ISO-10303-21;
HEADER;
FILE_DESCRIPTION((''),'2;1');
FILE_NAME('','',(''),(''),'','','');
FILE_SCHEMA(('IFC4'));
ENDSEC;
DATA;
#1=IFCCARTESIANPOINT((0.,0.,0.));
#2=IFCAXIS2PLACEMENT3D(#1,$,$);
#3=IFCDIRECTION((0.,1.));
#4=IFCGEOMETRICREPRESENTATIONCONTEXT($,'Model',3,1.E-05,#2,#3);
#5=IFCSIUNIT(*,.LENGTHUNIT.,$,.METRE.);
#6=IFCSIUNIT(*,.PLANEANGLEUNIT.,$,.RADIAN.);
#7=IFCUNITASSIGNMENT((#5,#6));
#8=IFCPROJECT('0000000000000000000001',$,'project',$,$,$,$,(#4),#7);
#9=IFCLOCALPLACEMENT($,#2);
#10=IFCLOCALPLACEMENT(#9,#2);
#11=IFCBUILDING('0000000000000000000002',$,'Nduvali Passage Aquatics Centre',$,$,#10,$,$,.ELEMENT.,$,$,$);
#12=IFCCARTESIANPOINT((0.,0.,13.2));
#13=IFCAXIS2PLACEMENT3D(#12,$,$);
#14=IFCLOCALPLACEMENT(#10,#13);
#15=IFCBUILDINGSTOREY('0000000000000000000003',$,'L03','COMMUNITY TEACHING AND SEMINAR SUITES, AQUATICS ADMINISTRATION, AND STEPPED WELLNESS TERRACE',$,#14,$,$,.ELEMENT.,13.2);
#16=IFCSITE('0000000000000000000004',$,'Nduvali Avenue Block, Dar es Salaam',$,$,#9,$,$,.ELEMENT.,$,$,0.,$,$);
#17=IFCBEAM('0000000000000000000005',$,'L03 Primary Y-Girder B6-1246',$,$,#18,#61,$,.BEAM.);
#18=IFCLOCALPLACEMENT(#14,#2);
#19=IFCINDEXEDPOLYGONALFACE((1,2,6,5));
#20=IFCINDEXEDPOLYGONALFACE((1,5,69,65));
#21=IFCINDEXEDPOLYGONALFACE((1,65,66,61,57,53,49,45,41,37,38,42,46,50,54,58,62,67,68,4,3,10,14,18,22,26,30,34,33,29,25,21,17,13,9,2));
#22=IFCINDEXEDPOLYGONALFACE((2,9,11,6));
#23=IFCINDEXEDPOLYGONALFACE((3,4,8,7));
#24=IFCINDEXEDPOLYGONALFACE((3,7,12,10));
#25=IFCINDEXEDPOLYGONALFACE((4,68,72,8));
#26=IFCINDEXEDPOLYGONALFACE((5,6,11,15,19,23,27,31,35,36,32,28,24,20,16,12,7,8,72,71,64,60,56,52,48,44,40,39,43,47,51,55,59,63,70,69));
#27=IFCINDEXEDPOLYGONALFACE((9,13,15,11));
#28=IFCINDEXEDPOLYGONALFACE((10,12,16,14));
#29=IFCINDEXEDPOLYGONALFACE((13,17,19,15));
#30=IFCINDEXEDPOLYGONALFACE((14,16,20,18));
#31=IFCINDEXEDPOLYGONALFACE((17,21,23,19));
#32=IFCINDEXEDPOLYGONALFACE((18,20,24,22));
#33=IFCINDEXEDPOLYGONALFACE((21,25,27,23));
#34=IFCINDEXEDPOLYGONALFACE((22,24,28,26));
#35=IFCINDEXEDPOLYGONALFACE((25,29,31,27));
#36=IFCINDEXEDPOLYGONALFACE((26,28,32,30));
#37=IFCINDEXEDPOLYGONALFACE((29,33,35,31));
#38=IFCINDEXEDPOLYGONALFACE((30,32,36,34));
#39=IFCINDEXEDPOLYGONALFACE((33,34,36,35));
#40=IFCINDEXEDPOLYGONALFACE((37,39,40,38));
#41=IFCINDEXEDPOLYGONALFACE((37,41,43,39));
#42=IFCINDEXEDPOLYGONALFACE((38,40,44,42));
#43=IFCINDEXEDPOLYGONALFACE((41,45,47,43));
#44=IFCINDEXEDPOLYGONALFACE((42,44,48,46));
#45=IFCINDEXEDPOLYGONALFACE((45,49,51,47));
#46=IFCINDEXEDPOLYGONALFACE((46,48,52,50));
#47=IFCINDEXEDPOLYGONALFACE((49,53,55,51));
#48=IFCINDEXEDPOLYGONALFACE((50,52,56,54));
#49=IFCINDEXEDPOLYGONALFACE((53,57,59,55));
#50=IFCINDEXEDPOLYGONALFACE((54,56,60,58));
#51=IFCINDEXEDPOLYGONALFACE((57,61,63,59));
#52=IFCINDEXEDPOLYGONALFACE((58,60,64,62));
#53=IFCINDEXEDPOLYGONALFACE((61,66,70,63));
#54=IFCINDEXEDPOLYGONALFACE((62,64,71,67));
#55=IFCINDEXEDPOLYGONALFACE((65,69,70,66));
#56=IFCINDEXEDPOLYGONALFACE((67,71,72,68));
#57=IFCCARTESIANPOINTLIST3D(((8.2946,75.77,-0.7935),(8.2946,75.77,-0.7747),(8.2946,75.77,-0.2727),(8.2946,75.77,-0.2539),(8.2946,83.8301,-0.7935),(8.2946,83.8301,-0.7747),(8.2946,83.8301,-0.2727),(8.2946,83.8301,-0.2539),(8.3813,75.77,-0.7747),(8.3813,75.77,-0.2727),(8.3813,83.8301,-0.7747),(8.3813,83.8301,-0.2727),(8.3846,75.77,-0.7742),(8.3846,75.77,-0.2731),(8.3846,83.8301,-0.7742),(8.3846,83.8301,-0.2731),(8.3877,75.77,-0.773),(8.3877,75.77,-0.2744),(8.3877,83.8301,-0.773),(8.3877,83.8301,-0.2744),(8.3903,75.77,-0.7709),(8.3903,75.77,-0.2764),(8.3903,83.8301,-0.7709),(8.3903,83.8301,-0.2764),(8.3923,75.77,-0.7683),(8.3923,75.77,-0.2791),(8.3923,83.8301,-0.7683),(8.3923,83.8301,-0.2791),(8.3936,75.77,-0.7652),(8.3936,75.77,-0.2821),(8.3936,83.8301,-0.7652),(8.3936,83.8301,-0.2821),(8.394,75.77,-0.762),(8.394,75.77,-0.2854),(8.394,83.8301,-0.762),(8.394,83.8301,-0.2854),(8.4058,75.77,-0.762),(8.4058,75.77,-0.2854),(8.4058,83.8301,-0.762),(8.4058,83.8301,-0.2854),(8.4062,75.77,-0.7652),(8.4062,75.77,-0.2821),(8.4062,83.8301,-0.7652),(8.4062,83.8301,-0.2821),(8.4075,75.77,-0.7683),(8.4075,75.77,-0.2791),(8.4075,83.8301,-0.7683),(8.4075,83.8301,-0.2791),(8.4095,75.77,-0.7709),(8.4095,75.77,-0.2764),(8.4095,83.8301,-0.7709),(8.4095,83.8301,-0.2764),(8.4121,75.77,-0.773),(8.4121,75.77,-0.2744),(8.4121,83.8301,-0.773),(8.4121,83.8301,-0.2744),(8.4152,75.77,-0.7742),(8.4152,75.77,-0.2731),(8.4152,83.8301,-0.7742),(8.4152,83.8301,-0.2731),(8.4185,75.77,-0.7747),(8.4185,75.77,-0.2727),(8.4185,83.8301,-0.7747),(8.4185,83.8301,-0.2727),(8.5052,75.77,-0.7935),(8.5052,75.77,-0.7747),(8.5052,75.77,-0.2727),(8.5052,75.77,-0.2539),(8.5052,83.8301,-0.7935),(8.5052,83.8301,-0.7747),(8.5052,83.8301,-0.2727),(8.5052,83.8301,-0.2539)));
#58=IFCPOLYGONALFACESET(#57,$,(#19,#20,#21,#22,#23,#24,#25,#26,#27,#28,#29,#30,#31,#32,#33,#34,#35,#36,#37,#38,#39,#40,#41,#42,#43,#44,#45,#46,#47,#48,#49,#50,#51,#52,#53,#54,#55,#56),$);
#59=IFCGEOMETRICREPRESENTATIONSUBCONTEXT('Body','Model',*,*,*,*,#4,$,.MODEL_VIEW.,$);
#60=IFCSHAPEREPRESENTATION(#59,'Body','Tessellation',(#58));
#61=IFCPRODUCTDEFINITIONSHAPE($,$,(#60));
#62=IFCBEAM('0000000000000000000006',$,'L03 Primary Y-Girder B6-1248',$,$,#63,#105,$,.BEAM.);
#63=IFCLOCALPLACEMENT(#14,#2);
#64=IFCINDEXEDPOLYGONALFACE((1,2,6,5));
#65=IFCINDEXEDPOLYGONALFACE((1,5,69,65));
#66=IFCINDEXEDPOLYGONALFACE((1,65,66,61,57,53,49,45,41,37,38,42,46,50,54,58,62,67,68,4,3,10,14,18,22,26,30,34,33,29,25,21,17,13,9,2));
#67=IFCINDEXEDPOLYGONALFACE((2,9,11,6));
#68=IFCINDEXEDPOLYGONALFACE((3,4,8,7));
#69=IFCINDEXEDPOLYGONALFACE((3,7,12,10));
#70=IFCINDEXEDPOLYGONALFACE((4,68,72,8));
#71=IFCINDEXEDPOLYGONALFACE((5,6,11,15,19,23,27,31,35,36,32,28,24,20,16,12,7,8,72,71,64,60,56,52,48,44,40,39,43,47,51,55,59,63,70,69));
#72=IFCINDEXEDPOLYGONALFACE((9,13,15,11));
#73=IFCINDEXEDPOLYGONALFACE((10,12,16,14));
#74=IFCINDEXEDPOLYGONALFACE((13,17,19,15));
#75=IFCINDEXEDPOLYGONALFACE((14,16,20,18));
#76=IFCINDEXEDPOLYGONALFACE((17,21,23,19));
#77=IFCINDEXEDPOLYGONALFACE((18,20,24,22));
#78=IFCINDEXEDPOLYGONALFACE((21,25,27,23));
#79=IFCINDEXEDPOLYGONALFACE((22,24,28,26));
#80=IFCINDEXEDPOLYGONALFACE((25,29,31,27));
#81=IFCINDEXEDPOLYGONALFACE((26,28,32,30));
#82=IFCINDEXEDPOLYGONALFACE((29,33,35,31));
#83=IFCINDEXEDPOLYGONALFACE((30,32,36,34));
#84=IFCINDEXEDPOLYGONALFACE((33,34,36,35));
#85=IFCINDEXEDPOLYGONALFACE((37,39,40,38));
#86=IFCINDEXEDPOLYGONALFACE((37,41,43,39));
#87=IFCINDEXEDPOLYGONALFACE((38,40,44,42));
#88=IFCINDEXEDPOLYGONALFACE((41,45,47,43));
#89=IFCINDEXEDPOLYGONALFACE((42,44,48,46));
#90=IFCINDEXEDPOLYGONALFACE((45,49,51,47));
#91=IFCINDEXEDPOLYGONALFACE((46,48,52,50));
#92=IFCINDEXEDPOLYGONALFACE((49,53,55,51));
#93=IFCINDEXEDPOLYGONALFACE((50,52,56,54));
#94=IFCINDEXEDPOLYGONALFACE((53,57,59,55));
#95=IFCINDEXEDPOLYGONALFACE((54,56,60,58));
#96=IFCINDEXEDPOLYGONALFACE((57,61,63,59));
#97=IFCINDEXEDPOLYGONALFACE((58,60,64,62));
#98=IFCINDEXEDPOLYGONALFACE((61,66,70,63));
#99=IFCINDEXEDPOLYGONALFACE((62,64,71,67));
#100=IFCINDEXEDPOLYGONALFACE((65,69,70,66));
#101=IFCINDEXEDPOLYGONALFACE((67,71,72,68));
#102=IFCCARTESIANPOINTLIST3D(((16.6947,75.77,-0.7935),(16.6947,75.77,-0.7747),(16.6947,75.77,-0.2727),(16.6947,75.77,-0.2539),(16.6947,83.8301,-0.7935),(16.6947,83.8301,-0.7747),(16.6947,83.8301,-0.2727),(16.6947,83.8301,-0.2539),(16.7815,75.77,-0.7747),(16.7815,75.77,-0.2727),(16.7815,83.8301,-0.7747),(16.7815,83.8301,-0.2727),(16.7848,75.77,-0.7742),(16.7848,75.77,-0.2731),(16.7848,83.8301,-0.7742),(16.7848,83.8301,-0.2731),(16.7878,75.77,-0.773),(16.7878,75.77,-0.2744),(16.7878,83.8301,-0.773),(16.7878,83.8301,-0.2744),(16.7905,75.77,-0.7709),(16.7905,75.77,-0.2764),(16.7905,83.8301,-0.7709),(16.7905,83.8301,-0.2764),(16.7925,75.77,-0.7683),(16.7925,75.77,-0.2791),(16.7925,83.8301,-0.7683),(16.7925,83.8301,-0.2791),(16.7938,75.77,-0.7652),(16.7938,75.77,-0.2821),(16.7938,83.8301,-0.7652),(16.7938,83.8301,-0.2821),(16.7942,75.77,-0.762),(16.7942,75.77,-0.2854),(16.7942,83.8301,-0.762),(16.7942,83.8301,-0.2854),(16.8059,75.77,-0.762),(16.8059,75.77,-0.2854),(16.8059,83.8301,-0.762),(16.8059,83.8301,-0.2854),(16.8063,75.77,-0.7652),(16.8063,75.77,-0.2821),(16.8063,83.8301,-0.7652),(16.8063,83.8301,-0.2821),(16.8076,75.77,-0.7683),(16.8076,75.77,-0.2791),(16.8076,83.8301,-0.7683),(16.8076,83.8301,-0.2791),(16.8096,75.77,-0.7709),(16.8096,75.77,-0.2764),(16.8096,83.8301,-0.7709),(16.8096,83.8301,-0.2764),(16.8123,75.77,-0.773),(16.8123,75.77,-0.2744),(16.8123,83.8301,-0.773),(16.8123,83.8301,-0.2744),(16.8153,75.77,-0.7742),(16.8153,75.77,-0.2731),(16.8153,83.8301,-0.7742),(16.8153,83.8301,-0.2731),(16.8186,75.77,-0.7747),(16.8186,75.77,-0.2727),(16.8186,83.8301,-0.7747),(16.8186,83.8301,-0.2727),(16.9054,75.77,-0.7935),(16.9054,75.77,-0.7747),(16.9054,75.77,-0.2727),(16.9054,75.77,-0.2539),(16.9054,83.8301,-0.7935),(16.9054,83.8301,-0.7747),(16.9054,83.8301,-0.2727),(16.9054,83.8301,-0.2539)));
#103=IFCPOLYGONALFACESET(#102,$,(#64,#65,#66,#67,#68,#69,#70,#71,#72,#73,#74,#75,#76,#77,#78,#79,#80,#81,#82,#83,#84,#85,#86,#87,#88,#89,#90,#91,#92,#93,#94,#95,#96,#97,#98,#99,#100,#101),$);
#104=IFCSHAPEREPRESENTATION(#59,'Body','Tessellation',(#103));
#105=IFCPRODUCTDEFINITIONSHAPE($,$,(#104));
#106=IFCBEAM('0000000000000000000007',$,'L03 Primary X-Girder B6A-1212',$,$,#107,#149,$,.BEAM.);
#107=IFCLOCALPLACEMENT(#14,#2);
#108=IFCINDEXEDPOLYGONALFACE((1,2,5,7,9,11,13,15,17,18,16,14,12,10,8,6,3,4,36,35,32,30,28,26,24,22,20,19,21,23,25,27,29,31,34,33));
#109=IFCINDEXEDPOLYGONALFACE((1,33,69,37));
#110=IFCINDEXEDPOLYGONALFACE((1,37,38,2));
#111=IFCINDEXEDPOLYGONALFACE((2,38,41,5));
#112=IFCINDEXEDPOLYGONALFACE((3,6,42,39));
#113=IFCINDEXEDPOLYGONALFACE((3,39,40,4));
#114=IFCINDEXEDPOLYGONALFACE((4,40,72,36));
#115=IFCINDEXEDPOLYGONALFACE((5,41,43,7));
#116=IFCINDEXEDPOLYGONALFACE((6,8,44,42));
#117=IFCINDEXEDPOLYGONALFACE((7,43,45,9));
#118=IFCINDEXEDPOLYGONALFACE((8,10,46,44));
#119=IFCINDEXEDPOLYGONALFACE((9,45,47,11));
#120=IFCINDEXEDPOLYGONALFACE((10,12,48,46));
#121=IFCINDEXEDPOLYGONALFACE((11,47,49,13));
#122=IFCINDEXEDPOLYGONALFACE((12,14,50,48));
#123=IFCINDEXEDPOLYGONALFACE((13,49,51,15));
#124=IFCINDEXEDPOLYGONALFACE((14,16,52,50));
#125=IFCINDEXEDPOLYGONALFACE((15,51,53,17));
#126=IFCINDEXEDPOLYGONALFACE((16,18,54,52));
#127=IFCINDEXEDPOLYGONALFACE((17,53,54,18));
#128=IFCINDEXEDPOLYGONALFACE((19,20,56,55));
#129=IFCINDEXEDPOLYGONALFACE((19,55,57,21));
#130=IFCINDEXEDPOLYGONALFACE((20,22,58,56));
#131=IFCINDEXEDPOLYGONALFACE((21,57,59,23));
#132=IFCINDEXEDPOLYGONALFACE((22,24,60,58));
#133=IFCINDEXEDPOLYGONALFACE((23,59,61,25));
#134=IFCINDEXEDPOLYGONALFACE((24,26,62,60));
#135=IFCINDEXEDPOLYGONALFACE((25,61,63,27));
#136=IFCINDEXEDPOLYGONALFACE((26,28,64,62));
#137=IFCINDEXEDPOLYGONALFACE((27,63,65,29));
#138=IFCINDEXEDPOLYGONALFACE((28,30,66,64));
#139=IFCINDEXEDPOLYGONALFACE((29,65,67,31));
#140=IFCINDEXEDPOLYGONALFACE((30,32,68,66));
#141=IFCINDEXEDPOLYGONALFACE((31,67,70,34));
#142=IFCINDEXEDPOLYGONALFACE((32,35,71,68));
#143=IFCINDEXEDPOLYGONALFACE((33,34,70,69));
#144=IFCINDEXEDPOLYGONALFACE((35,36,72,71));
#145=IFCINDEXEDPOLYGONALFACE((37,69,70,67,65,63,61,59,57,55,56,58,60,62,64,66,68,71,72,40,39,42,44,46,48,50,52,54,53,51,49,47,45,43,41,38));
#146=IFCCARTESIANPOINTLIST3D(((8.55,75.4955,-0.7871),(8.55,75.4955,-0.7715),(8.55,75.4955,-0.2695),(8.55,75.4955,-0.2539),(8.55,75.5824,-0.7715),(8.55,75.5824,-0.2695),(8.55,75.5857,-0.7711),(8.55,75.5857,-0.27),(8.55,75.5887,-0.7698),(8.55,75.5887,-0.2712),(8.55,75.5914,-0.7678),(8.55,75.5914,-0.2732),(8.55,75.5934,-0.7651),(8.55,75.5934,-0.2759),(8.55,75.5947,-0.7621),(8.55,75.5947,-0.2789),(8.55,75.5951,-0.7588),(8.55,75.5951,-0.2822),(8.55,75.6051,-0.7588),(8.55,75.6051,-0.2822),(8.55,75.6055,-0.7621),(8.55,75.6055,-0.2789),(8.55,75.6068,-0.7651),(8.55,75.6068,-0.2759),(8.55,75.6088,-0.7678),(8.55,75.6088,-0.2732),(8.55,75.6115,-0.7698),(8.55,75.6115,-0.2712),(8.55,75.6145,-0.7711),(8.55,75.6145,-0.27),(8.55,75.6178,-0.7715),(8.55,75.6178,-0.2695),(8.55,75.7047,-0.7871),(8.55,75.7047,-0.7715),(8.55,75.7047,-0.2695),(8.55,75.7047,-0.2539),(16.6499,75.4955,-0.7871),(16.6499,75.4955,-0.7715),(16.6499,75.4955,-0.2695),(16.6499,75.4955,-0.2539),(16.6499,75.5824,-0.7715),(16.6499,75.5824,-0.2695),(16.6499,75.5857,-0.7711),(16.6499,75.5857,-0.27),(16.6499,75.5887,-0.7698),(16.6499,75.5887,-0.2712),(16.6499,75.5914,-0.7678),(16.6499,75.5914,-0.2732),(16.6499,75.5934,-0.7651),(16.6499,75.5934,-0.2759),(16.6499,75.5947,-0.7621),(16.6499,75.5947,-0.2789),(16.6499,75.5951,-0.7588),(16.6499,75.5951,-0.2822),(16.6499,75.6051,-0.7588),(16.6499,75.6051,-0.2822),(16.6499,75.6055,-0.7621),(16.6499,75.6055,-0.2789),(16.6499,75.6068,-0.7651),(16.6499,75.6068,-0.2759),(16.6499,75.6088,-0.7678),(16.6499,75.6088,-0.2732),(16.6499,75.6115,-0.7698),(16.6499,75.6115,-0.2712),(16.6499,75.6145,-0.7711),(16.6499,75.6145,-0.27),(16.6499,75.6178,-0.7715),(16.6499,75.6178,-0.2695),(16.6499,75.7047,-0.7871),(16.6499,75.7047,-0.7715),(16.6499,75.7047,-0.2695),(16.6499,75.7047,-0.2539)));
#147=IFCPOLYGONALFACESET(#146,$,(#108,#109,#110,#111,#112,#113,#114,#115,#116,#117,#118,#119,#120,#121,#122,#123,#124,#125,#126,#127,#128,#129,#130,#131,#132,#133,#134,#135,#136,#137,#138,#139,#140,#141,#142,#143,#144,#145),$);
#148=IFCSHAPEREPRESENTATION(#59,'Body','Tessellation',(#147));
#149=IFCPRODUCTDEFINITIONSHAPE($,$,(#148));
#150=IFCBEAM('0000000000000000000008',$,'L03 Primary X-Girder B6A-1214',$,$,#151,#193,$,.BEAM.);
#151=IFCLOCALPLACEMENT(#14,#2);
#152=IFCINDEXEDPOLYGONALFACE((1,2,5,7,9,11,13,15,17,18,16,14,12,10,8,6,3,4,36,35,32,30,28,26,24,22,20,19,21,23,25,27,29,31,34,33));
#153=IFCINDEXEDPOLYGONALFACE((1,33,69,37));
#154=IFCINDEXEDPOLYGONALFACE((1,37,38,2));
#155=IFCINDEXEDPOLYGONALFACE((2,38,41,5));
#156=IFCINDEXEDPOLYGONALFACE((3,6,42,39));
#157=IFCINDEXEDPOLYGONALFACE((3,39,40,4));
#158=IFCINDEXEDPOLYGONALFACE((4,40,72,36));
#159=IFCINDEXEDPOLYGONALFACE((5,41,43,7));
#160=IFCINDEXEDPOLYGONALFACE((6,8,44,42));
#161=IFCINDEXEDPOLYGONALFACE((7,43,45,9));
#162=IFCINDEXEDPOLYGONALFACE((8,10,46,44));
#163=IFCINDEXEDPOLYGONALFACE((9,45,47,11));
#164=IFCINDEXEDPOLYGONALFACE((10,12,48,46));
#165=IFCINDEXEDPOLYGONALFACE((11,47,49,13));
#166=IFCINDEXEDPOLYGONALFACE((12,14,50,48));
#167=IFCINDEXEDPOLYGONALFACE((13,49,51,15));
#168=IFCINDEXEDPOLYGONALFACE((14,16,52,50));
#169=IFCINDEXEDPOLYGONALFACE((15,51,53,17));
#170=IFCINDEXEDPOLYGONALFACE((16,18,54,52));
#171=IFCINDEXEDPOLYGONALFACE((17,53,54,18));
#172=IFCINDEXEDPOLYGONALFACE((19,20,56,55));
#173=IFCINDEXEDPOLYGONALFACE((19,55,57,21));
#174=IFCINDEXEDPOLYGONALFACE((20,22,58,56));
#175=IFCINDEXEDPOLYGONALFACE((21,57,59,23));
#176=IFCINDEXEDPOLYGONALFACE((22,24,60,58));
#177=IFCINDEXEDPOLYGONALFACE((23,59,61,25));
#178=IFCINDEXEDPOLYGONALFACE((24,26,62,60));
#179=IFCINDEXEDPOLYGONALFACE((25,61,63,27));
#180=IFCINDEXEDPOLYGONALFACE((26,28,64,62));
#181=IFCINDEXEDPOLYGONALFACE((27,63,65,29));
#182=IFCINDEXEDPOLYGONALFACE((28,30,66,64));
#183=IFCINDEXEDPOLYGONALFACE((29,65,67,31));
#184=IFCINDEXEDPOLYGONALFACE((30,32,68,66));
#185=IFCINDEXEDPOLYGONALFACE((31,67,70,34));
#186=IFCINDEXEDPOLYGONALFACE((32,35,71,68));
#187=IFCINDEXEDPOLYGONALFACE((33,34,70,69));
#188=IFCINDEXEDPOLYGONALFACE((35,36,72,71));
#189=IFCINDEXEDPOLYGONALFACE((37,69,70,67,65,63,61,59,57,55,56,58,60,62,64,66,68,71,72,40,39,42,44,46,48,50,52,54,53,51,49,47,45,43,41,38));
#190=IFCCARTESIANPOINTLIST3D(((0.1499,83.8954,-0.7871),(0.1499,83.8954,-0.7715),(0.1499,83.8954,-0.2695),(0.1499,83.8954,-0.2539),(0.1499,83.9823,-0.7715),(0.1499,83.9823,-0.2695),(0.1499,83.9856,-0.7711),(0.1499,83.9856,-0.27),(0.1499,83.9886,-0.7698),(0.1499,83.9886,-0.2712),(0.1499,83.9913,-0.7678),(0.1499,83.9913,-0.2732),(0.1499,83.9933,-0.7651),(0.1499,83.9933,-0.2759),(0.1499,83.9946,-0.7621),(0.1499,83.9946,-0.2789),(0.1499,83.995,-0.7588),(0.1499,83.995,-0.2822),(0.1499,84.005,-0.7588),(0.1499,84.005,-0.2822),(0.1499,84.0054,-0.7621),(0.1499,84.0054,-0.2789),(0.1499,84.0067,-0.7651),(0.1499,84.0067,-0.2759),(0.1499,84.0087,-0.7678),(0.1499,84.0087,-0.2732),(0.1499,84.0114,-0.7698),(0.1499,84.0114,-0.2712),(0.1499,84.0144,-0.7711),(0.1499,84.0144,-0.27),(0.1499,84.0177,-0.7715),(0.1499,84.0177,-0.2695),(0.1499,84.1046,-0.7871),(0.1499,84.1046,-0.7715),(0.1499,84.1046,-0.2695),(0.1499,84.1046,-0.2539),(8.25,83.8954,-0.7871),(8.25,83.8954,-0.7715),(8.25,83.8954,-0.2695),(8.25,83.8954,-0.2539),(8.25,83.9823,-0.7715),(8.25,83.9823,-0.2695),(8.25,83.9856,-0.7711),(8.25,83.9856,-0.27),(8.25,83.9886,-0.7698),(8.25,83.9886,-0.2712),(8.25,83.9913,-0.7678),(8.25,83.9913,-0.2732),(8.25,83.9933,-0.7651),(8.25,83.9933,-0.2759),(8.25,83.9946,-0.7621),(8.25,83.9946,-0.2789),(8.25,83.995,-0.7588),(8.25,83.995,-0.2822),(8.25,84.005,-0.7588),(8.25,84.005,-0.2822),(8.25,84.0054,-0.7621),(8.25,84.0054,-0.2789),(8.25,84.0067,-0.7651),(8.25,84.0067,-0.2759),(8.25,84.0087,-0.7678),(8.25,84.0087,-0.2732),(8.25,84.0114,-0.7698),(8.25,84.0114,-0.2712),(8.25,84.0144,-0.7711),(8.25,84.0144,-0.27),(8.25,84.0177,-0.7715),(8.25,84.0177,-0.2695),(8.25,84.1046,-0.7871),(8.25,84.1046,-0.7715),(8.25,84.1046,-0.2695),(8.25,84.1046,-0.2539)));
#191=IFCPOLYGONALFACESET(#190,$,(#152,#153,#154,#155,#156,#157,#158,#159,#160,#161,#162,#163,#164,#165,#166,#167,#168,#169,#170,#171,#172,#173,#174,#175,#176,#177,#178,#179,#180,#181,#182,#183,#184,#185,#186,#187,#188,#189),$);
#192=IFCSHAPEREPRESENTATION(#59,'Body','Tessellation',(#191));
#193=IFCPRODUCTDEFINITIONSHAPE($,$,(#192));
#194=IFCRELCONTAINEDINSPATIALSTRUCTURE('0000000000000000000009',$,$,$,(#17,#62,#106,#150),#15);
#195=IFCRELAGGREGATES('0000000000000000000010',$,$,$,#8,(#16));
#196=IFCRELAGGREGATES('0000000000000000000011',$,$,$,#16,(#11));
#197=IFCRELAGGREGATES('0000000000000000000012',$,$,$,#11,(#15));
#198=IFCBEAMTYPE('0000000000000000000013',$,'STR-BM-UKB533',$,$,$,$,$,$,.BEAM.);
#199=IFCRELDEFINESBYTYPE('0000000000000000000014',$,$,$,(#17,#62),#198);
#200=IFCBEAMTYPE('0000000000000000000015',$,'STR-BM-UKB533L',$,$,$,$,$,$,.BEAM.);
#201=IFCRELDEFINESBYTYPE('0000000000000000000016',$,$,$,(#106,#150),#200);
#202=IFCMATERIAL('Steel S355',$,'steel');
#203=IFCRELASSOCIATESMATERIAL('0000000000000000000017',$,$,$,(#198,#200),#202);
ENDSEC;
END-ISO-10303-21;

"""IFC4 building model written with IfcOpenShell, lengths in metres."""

from ifc_helpers import new_model, si_unit, direction, frame, origin, origin_2d, place, context, subcontext, project, spatial, i_section, extrude, material, material_profile, profile_set, type_object, element, save


model = new_model("IFC4")

# Units and contexts
model_context = context("Model", 3, precision=1e-05, world=origin(), true_north=direction((0.0, 1.0)))
body_context = subcontext(model_context, "Body", "Model", "MODEL_VIEW")
ifc_project = project(units=[si_unit("LENGTHUNIT", "METRE"), si_unit("PLANEANGLEUNIT", "RADIAN")], contexts=[model_context])

# Site, building, storey
site_placement = place(None, origin())
site = spatial("IfcSite", under=ifc_project, at=site_placement, Name="Nduvali Avenue Block, Dar es Salaam", CompositionType="ELEMENT", RefElevation=0.0)
building_placement = place(site_placement, origin())
building = spatial("IfcBuilding", under=site, at=building_placement, Name="Nduvali Passage Aquatics Centre", CompositionType="ELEMENT")
storey_placement = place(building_placement, frame((0.0, 0.0, 13.2)))
storey = spatial("IfcBuildingStorey", under=building, at=storey_placement, Name="L03", Description="COMMUNITY TEACHING AND SEMINAR SUITES, AQUATICS ADMINISTRATION, AND STEPPED WELLNESS TERRACE", CompositionType="ELEMENT", Elevation=13.2)

# Shared definitions
ifc_material_1 = material(Name="Steel S355", Category="steel")

# Beams
ifc_material_profile_1 = material_profile(ifc_material_1, i_section(OverallWidth=0.2107, OverallDepth=0.5396, WebThickness=0.0117, FlangeThickness=0.0188, FilletRadius=0.0127, at=origin_2d()), Name="UKB 533x210x109")
ifc_profile_set_1 = profile_set([ifc_material_profile_1], Name="Steel S355")
beam_type_1 = type_object("IfcBeamType", Name="STR-BM-UKB533", PredefinedType="BEAM", material=ifc_profile_set_1)
for number, where, z_axis, x_axis, name in (
    (1, (8.3999, 75.77, -0.5237), (0.0, 1.0, 0.0), (-1.0, 0.0, 0.0), "L03 Primary Y-Girder B6-1246"),
    (2, (16.8, 75.77, -0.5237), (0.0, 1.0, 0.0), (-1.0, 0.0, 0.0), "L03 Primary Y-Girder B6-1248"),
):
    element("IfcBeam", number, at=place(storey_placement, frame(where, z_axis=z_axis, x_axis=x_axis)), inside=storey, type_object=beam_type_1, Name=name, PredefinedType="BEAM", context=body_context, shape_type="SweptSolid", body=[
        extrude(i_section(OverallWidth=0.2107, OverallDepth=0.5396, WebThickness=0.0117, FlangeThickness=0.0188, FilletRadius=0.0127, at=origin_2d()), origin(), (0.0, 0.0, 1.0), 8.0601),
    ])
ifc_material_profile_2 = material_profile(ifc_material_1, i_section(OverallWidth=0.2092, OverallDepth=0.5332, WebThickness=0.01, FlangeThickness=0.0156, FilletRadius=0.0127, at=origin_2d()), Name="UKB 533x210x92")
ifc_profile_set_2 = profile_set([ifc_material_profile_2], Name="Steel S355")
beam_type_2 = type_object("IfcBeamType", Name="STR-BM-UKB533L", PredefinedType="BEAM", material=ifc_profile_set_2)
beam_1_placement = place(storey_placement, frame((8.55, 75.6001, -0.5205), z_axis=(1.0, 0.0, 0.0), x_axis=(0.0, 1.0, 0.0)))
element("IfcBeam", 3, at=beam_1_placement, inside=storey, type_object=beam_type_2, Name="L03 Primary X-Girder B6A-1212", PredefinedType="BEAM", context=body_context, shape_type="SweptSolid", body=[
    extrude(i_section(OverallWidth=0.2092, OverallDepth=0.5332, WebThickness=0.01, FlangeThickness=0.0156, FilletRadius=0.0127, at=origin_2d()), origin(), (0.0, 0.0, 1.0), 8.0999),
])
beam_2_placement = place(storey_placement, frame((0.1499, 84.0, -0.5205), z_axis=(1.0, 0.0, 0.0), x_axis=(0.0, 1.0, 0.0)))
element("IfcBeam", 4, at=beam_2_placement, inside=storey, type_object=beam_type_2, Name="L03 Primary X-Girder B6A-1214", PredefinedType="BEAM", context=body_context, shape_type="SweptSolid", body=[
    extrude(i_section(OverallWidth=0.2092, OverallDepth=0.5332, WebThickness=0.01, FlangeThickness=0.0156, FilletRadius=0.0127, at=origin_2d()), origin(), (0.0, 0.0, 1.0), 8.1001),
])

save(model, "model.ifc")
